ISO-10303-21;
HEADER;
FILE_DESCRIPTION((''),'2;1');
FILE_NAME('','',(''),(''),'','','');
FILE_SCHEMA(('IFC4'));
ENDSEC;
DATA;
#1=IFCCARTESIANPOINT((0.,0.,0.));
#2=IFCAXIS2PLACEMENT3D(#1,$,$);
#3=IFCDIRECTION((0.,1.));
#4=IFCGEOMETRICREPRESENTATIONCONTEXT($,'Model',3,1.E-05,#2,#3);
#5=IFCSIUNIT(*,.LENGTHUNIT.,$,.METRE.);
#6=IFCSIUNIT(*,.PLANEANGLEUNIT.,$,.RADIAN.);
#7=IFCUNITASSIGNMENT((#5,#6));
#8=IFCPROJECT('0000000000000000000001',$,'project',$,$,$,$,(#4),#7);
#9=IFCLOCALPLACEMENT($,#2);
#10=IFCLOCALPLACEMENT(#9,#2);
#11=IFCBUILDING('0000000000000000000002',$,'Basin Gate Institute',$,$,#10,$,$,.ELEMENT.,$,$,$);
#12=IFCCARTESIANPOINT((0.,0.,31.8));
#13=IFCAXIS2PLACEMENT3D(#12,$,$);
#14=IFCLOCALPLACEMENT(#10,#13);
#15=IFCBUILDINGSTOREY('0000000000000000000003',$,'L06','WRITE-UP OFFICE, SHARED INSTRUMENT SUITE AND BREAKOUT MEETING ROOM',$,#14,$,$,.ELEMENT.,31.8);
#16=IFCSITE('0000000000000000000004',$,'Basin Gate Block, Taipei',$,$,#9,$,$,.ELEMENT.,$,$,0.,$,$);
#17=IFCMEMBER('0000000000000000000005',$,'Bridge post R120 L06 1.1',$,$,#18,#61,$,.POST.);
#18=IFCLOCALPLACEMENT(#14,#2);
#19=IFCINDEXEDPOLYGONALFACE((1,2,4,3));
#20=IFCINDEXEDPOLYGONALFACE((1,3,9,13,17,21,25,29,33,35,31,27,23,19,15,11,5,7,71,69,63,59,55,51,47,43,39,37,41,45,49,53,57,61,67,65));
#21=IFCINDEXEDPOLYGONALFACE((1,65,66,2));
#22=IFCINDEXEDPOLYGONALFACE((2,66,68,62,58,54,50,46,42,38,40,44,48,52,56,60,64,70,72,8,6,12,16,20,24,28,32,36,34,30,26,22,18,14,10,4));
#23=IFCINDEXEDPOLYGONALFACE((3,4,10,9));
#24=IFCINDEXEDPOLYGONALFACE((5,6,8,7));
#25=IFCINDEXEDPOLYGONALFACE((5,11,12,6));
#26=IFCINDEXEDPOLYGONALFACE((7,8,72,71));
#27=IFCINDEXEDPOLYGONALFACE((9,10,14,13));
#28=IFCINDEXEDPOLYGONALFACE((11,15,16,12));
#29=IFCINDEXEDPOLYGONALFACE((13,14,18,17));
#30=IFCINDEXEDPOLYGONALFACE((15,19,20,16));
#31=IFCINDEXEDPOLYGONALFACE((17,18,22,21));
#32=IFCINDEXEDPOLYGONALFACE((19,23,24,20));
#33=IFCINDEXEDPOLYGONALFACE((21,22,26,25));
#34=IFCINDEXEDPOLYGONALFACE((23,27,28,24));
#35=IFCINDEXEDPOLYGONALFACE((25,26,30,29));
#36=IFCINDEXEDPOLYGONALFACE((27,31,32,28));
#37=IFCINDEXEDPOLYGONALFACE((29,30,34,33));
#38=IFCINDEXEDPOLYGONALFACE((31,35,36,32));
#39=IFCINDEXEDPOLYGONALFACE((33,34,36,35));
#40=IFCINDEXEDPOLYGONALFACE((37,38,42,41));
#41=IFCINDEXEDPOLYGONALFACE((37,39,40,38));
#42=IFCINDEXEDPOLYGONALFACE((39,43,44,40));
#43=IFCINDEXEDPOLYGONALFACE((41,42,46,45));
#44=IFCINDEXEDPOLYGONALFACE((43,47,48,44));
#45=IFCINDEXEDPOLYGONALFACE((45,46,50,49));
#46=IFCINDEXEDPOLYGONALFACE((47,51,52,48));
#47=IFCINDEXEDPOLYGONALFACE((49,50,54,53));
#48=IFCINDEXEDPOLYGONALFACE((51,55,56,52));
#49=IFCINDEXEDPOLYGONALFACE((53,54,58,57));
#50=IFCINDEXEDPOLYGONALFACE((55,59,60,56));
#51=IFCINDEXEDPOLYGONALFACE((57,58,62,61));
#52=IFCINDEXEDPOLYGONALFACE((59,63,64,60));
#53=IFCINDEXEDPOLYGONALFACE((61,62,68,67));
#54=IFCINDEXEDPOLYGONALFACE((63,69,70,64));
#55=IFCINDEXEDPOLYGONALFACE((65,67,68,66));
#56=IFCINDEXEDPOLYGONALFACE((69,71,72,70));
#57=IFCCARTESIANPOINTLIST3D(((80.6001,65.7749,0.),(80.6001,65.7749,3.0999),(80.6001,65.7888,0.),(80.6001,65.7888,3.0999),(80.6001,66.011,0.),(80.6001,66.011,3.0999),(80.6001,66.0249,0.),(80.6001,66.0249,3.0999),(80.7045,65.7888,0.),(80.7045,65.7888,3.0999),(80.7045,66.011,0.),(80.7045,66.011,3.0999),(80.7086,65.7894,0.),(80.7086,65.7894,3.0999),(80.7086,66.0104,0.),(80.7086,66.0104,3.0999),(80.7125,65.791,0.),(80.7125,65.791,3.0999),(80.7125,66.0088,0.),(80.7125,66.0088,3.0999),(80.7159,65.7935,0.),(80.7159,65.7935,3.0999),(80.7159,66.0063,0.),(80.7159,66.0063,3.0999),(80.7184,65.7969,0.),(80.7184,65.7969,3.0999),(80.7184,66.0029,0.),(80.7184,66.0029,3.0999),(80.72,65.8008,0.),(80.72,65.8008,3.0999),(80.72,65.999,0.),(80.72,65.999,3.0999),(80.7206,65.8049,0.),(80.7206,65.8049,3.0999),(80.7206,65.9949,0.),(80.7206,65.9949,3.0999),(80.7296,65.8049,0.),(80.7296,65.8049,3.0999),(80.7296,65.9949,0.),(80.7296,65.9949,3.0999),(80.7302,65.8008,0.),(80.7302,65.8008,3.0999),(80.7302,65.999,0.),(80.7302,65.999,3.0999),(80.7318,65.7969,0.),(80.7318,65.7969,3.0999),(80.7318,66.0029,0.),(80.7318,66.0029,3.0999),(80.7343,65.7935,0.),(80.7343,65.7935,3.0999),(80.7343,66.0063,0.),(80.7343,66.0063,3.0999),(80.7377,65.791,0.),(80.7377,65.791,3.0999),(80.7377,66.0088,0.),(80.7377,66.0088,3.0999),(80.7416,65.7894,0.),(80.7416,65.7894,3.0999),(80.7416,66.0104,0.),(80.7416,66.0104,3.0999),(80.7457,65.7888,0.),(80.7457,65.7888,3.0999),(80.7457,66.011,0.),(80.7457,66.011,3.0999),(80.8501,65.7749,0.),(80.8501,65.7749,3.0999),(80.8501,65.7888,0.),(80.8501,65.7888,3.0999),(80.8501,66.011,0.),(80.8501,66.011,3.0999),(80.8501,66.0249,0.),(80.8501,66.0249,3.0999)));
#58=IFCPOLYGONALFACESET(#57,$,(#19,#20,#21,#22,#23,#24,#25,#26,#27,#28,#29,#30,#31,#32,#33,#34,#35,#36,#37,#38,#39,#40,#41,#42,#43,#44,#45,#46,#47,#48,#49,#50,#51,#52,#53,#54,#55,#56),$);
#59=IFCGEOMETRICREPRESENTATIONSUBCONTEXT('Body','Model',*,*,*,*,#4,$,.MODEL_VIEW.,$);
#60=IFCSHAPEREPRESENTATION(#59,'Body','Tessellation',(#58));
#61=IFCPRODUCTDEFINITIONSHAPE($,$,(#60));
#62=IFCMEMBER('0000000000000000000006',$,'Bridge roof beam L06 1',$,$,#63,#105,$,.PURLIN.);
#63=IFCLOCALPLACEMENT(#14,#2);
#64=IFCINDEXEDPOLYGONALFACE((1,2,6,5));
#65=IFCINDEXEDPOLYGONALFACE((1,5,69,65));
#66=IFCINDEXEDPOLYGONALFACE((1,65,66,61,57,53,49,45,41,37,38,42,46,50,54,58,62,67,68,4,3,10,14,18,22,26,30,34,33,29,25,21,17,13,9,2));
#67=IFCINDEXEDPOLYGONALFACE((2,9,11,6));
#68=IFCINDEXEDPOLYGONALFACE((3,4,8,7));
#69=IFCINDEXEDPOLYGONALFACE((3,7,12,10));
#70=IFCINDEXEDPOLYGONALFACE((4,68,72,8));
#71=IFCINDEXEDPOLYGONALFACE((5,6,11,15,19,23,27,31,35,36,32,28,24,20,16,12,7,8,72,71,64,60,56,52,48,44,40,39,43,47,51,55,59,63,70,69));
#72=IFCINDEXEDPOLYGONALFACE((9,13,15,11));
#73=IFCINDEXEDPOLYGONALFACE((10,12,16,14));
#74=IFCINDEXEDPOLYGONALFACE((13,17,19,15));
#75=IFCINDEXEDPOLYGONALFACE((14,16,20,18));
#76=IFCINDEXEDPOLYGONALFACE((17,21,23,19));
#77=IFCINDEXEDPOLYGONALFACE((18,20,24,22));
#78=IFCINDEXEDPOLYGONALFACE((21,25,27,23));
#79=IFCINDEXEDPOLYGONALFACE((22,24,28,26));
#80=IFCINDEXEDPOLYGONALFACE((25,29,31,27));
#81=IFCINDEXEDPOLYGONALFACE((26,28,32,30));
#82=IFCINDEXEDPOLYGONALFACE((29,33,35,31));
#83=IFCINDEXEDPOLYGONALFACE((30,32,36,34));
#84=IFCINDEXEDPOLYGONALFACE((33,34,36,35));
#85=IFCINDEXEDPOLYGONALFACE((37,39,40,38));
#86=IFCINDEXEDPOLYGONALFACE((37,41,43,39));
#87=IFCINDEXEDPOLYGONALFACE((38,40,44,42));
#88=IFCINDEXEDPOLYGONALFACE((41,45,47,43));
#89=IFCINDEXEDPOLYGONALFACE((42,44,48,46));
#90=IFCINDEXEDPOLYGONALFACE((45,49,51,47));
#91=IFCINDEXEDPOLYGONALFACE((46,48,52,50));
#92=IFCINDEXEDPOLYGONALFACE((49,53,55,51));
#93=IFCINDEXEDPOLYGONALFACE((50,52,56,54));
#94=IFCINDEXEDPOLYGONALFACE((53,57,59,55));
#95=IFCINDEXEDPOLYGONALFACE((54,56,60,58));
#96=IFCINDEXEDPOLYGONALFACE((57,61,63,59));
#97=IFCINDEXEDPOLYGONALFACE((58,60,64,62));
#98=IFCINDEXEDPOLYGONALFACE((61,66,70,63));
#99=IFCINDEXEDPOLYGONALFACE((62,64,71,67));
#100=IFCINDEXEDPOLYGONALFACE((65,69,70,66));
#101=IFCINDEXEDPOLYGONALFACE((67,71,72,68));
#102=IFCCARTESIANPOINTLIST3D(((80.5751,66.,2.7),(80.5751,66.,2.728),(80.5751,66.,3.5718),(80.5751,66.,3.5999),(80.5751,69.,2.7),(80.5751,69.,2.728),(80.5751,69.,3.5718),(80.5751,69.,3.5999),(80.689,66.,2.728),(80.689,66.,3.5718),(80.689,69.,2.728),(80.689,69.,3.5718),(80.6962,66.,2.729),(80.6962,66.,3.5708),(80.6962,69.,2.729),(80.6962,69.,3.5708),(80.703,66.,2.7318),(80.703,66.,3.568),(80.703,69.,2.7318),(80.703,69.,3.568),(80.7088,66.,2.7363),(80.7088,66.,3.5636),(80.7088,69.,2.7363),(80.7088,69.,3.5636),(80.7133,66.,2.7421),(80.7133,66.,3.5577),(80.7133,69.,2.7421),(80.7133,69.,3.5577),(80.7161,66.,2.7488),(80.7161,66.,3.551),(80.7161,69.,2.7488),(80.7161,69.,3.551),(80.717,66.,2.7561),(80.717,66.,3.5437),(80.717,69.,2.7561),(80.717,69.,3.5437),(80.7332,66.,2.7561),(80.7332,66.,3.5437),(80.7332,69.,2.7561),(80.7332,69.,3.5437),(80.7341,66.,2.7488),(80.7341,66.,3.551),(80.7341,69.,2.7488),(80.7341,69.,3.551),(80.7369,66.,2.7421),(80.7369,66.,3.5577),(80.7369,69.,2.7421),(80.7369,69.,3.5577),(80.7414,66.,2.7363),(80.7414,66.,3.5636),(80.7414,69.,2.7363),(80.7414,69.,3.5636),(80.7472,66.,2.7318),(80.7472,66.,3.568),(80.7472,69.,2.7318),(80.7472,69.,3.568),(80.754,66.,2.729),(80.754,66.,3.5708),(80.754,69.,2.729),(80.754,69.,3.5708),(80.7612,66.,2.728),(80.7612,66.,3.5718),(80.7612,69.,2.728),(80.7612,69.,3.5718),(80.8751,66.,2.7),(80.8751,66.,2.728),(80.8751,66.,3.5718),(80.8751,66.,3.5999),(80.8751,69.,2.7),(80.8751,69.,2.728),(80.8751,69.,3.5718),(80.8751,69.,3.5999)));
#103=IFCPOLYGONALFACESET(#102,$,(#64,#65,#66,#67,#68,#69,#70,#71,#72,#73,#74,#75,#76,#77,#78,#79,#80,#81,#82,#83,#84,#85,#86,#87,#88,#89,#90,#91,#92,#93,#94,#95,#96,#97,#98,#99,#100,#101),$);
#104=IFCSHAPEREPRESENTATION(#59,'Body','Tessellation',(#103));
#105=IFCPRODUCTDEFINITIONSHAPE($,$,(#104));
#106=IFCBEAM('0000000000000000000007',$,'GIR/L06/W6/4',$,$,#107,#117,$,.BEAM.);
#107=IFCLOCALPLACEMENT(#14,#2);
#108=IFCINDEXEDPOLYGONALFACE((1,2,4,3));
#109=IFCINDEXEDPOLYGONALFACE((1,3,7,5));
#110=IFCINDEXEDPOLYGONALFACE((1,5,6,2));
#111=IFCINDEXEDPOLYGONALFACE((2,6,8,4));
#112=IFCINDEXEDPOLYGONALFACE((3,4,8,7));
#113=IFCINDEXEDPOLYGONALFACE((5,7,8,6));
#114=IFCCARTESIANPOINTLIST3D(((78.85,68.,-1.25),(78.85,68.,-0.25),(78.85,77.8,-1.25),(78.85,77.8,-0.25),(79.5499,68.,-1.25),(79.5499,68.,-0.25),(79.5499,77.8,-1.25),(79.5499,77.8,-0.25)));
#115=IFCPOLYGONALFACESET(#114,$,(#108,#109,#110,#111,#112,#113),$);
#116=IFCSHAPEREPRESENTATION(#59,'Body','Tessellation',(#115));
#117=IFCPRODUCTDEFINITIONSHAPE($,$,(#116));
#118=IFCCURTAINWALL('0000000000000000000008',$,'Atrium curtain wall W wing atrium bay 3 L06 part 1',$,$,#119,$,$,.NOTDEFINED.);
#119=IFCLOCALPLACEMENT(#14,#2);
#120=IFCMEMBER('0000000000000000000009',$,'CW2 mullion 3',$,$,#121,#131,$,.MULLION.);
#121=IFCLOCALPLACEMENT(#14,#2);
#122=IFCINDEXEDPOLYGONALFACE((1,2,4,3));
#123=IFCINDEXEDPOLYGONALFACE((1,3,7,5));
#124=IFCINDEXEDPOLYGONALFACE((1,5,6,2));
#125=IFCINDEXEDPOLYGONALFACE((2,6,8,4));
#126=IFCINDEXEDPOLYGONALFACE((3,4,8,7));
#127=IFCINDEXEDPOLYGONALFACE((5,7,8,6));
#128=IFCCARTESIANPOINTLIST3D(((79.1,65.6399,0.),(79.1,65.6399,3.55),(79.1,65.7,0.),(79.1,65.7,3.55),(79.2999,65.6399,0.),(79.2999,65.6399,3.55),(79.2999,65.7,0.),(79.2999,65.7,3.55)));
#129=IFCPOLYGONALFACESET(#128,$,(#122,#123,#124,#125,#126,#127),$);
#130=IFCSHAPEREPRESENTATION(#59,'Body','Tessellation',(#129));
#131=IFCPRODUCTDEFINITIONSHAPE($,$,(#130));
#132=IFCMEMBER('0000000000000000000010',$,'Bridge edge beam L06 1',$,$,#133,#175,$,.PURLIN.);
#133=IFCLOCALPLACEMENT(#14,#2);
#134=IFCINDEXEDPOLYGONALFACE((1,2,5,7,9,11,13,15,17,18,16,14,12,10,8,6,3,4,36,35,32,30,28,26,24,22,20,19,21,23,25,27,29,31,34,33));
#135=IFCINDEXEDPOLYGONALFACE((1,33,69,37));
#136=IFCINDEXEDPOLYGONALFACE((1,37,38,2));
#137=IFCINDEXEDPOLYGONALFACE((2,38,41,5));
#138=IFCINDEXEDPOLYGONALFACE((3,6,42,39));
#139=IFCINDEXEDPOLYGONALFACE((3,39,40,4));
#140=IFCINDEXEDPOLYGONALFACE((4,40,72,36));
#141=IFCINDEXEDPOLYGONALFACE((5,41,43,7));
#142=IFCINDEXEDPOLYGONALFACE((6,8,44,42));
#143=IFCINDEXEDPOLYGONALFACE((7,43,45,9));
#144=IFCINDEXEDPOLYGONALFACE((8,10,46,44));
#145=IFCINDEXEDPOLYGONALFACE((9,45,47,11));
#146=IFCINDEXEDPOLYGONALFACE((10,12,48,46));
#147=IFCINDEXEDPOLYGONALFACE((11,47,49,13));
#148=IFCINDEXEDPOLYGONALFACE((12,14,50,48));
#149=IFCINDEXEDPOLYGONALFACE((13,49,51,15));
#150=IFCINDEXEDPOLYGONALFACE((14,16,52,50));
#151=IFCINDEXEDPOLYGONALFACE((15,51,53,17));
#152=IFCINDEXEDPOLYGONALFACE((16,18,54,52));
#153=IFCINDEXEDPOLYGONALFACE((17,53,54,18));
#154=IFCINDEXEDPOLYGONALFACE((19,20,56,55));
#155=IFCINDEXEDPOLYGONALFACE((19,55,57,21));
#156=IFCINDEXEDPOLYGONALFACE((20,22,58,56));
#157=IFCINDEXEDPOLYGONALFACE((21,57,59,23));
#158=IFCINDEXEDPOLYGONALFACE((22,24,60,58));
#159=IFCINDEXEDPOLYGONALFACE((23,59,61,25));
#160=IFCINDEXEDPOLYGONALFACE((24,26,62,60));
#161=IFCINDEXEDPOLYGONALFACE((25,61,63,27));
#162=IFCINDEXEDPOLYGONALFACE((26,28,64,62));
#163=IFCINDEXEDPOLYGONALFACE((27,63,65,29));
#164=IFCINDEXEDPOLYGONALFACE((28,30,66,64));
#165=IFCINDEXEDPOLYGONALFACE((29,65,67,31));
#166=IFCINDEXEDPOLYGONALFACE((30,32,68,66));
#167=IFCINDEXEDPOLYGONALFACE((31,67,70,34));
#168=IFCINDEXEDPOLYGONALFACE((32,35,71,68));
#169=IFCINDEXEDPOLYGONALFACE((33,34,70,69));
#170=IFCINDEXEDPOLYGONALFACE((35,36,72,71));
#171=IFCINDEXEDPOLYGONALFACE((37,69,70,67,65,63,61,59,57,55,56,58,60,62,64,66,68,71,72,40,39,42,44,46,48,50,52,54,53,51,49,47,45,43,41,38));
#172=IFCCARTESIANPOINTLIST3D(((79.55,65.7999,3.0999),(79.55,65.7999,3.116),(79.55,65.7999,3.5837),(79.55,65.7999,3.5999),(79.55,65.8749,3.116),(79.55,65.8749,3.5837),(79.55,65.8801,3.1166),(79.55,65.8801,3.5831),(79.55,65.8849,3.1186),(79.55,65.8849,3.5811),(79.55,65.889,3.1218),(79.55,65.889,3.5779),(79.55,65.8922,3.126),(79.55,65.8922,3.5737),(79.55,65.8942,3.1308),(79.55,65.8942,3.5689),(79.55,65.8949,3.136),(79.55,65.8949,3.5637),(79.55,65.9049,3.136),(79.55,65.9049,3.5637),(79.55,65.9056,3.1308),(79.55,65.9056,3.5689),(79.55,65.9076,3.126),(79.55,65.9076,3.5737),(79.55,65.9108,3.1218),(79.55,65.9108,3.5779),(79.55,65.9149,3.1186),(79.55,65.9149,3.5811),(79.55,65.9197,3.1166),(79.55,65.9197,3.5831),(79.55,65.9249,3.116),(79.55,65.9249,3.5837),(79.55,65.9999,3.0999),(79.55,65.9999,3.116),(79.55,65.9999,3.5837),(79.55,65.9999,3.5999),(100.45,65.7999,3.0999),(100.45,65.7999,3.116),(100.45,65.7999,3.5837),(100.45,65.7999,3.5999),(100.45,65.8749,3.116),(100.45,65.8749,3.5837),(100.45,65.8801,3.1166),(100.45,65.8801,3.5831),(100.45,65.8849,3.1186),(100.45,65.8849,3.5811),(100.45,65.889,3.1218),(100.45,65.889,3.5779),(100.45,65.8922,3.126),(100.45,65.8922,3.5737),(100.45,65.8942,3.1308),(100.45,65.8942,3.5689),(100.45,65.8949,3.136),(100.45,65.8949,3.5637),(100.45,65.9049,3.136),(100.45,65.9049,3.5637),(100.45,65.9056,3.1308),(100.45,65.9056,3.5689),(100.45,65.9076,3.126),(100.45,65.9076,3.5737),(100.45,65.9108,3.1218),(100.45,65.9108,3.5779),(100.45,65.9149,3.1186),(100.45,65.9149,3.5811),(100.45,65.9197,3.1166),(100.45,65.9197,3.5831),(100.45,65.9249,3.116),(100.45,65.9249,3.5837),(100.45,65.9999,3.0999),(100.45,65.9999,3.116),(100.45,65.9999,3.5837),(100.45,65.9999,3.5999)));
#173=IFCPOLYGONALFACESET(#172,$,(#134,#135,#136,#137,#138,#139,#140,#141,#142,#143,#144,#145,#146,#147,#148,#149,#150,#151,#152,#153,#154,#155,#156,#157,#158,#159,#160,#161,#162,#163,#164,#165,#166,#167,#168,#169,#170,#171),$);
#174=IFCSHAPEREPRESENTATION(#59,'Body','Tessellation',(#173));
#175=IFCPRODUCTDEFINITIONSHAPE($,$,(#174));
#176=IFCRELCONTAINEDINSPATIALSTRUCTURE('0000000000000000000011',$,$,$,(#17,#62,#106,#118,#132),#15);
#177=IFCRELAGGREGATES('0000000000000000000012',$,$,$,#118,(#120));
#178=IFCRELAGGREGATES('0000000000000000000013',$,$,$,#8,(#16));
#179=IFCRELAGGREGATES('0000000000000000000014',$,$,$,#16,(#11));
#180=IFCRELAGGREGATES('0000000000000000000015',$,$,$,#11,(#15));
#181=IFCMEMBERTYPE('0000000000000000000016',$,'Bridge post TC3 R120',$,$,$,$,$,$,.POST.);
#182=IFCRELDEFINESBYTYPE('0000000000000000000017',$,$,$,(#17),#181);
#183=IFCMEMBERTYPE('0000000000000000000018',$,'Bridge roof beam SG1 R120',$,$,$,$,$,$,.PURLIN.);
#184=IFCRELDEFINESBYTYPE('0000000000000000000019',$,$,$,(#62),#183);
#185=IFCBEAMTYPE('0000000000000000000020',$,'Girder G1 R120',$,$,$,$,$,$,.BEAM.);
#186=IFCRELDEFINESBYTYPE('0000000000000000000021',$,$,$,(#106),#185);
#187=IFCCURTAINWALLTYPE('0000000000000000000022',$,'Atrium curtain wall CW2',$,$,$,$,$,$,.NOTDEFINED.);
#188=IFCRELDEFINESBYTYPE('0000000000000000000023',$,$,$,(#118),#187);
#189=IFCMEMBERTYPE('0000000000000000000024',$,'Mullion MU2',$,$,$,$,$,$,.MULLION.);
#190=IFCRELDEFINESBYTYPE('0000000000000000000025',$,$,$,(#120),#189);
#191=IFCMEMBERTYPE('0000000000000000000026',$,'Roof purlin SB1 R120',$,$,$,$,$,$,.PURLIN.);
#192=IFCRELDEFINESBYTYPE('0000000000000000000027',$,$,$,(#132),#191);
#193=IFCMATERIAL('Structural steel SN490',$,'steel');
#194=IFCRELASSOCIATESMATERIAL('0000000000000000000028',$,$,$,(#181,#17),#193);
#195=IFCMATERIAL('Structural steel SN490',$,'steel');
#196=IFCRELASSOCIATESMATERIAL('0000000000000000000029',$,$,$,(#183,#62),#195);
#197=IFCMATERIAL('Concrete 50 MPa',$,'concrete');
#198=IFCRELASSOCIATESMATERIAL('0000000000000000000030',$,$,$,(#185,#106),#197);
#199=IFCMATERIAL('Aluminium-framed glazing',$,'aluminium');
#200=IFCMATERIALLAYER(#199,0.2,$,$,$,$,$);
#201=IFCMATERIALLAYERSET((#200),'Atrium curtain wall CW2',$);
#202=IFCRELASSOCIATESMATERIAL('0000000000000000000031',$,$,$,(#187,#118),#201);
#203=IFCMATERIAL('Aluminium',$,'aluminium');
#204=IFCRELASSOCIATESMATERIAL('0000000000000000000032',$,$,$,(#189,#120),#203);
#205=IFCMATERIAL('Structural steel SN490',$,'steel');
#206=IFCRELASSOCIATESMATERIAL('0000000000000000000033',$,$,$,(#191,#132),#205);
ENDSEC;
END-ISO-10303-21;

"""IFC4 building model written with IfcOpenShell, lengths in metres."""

from ifc_helpers import new_model, si_unit, direction, frame, origin, origin_2d, place, context, subcontext, project, spatial, rectangle, i_section, extrude, material, layer, layer_set, material_profile, profile_set, type_object, element, aggregate, save


model = new_model("IFC4")

# Units and contexts
model_context = context("Model", 3, precision=1e-05, world=origin(), true_north=direction((0.0, 1.0)))
body_context = subcontext(model_context, "Body", "Model", "MODEL_VIEW")
ifc_project = project(units=[si_unit("LENGTHUNIT", "METRE"), si_unit("PLANEANGLEUNIT", "RADIAN")], contexts=[model_context])

# Site, building, storey
site_placement = place(None, origin())
site = spatial("IfcSite", under=ifc_project, at=site_placement, Name="Basin Gate Block, Taipei", CompositionType="ELEMENT", RefElevation=0.0)
building_placement = place(site_placement, origin())
building = spatial("IfcBuilding", under=site, at=building_placement, Name="Basin Gate Institute", CompositionType="ELEMENT")
storey_placement = place(building_placement, frame((0.0, 0.0, 31.8)))
storey = spatial("IfcBuildingStorey", under=building, at=storey_placement, Name="L06", Description="WRITE-UP OFFICE, SHARED INSTRUMENT SUITE AND BREAKOUT MEETING ROOM", CompositionType="ELEMENT", Elevation=31.8)

# Members
ifc_material_1 = material(Name="Structural steel SN490", Category="steel")
ifc_material_profile_1 = material_profile(ifc_material_1, i_section(OverallWidth=0.25, OverallDepth=0.25, WebThickness=0.009, FlangeThickness=0.0139, FilletRadius=0.0161, at=origin_2d()), Name="H250x250")
ifc_profile_set_1 = profile_set([ifc_material_profile_1], Name="Structural steel SN490")
member_type_1 = type_object("IfcMemberType", Name="Bridge post TC3 R120", PredefinedType="POST", material=ifc_profile_set_1)
member_1_placement = place(storey_placement, frame((80.7251, 65.8999, 0.0), z_axis=(0.0, 0.0, 1.0), x_axis=(1.0, 0.0, 0.0)))
element("IfcMember", 1, at=member_1_placement, inside=storey, type_object=member_type_1, material=ifc_profile_set_1, Name="Bridge post R120 L06 1.1", PredefinedType="POST", context=body_context, shape_type="SweptSolid", body=[
    extrude(i_section(OverallWidth=0.25, OverallDepth=0.25, WebThickness=0.009, FlangeThickness=0.0139, FilletRadius=0.0161, at=origin_2d()), origin(), (0.0, 0.0, 1.0), 3.0999),
])
ifc_material_2 = material(Name="Structural steel SN490", Category="steel")
ifc_material_profile_2 = material_profile(ifc_material_2, i_section(OverallWidth=0.3, OverallDepth=0.8999, WebThickness=0.0161, FlangeThickness=0.0281, FilletRadius=0.0281, at=origin_2d()), Name="H900x300")
ifc_profile_set_2 = profile_set([ifc_material_profile_2], Name="Structural steel SN490")
member_type_2 = type_object("IfcMemberType", Name="Bridge roof beam SG1 R120", PredefinedType="PURLIN", material=ifc_profile_set_2)
member_2_placement = place(storey_placement, frame((80.7251, 66.0, 3.1499), z_axis=(0.0, 1.0, 0.0), x_axis=(-1.0, 0.0, 0.0)))
element("IfcMember", 2, at=member_2_placement, inside=storey, type_object=member_type_2, material=ifc_profile_set_2, Name="Bridge roof beam L06 1", PredefinedType="PURLIN", context=body_context, shape_type="SweptSolid", body=[
    extrude(i_section(OverallWidth=0.3, OverallDepth=0.8999, WebThickness=0.0161, FlangeThickness=0.0281, FilletRadius=0.0281, at=origin_2d()), origin(), (0.0, 0.0, 1.0), 3.0),
])

# Beam
ifc_material_3 = material(Name="Concrete 50 MPa", Category="concrete")
ifc_material_profile_3 = material_profile(ifc_material_3, rectangle(XDim=0.7, YDim=1.0, at=origin_2d()), Name="Girder G1 700 x 1000")
ifc_profile_set_3 = profile_set([ifc_material_profile_3], Name="Concrete 50 MPa")
beam_type_1 = type_object("IfcBeamType", Name="Girder G1 R120", PredefinedType="BEAM", material=ifc_profile_set_3)
beam_placement = place(storey_placement, frame((79.2, 68.0, -0.75), z_axis=(0.0, 1.0, 0.0), x_axis=(-1.0, 0.0, 0.0)))
element("IfcBeam", 3, at=beam_placement, inside=storey, type_object=beam_type_1, material=ifc_profile_set_3, Name="GIR/L06/W6/4", PredefinedType="BEAM", context=body_context, shape_type="SweptSolid", body=[
    extrude(rectangle(XDim=0.7, YDim=1.0, at=origin_2d()), origin(), (0.0, 0.0, 1.0), 9.8),
])

# Curtain wall, member
ifc_material_4 = material(Name="Aluminium-framed glazing", Category="aluminium")
ifc_layer_1 = layer(ifc_material_4, 0.2)
ifc_layer_set_1 = layer_set([ifc_layer_1], Name="Atrium curtain wall CW2")
curtain_wall_type_1 = type_object("IfcCurtainWallType", Name="Atrium curtain wall CW2", PredefinedType="NOTDEFINED", material=ifc_layer_set_1)
curtain_wall_1_placement = place(storey_placement, origin())
curtain_wall_1 = element("IfcCurtainWall", 4, at=curtain_wall_1_placement, inside=storey, type_object=curtain_wall_type_1, material=ifc_layer_set_1, Name="Atrium curtain wall W wing atrium bay 3 L06 part 1", PredefinedType="NOTDEFINED")
ifc_material_5 = material(Name="Aluminium", Category="aluminium")
ifc_material_profile_4 = material_profile(ifc_material_5, rectangle(XDim=0.2, YDim=0.0601, at=origin_2d()), Name="Mullion MU2 200 x 60")
ifc_profile_set_4 = profile_set([ifc_material_profile_4], Name="Aluminium")
member_type_3 = type_object("IfcMemberType", Name="Mullion MU2", PredefinedType="MULLION", material=ifc_profile_set_4)
member_3_placement = place(storey_placement, frame((79.2, 65.6699, 0.0), z_axis=(0.0, 0.0, 1.0), x_axis=(-1.0, 0.0, 0.0)))
member_3 = element("IfcMember", 5, at=member_3_placement, type_object=member_type_3, material=ifc_profile_set_4, Name="CW2 mullion 3", PredefinedType="MULLION", context=body_context, shape_type="SweptSolid", body=[
    extrude(rectangle(XDim=0.2, YDim=0.0601, at=origin_2d()), origin(), (0.0, 0.0, 1.0), 3.55),
])

# Member
ifc_material_6 = material(Name="Structural steel SN490", Category="steel")
ifc_material_profile_5 = material_profile(ifc_material_6, i_section(OverallWidth=0.2, OverallDepth=0.5, WebThickness=0.01, FlangeThickness=0.0161, FilletRadius=0.02, at=origin_2d()), Name="H500x200")
ifc_profile_set_5 = profile_set([ifc_material_profile_5], Name="Structural steel SN490")
member_type_4 = type_object("IfcMemberType", Name="Roof purlin SB1 R120", PredefinedType="PURLIN", material=ifc_profile_set_5)
for number, where, z_axis, x_axis, name in (
    (6, (79.55, 65.8999, 3.3499), (1.0, 0.0, 0.0), (0.0, 1.0, 0.0), "Bridge edge beam L06 1"),
):
    element("IfcMember", number, at=place(storey_placement, frame(where, z_axis=z_axis, x_axis=x_axis)), inside=storey, type_object=member_type_4, material=ifc_profile_set_5, Name=name, PredefinedType="PURLIN", context=body_context, shape_type="SweptSolid", body=[
        extrude(i_section(OverallWidth=0.2, OverallDepth=0.5, WebThickness=0.01, FlangeThickness=0.0161, FilletRadius=0.02, at=origin_2d()), origin(), (0.0, 0.0, 1.0), 20.8999),
    ])

aggregate(curtain_wall_1, [member_3])

save(model, "model.ifc")
